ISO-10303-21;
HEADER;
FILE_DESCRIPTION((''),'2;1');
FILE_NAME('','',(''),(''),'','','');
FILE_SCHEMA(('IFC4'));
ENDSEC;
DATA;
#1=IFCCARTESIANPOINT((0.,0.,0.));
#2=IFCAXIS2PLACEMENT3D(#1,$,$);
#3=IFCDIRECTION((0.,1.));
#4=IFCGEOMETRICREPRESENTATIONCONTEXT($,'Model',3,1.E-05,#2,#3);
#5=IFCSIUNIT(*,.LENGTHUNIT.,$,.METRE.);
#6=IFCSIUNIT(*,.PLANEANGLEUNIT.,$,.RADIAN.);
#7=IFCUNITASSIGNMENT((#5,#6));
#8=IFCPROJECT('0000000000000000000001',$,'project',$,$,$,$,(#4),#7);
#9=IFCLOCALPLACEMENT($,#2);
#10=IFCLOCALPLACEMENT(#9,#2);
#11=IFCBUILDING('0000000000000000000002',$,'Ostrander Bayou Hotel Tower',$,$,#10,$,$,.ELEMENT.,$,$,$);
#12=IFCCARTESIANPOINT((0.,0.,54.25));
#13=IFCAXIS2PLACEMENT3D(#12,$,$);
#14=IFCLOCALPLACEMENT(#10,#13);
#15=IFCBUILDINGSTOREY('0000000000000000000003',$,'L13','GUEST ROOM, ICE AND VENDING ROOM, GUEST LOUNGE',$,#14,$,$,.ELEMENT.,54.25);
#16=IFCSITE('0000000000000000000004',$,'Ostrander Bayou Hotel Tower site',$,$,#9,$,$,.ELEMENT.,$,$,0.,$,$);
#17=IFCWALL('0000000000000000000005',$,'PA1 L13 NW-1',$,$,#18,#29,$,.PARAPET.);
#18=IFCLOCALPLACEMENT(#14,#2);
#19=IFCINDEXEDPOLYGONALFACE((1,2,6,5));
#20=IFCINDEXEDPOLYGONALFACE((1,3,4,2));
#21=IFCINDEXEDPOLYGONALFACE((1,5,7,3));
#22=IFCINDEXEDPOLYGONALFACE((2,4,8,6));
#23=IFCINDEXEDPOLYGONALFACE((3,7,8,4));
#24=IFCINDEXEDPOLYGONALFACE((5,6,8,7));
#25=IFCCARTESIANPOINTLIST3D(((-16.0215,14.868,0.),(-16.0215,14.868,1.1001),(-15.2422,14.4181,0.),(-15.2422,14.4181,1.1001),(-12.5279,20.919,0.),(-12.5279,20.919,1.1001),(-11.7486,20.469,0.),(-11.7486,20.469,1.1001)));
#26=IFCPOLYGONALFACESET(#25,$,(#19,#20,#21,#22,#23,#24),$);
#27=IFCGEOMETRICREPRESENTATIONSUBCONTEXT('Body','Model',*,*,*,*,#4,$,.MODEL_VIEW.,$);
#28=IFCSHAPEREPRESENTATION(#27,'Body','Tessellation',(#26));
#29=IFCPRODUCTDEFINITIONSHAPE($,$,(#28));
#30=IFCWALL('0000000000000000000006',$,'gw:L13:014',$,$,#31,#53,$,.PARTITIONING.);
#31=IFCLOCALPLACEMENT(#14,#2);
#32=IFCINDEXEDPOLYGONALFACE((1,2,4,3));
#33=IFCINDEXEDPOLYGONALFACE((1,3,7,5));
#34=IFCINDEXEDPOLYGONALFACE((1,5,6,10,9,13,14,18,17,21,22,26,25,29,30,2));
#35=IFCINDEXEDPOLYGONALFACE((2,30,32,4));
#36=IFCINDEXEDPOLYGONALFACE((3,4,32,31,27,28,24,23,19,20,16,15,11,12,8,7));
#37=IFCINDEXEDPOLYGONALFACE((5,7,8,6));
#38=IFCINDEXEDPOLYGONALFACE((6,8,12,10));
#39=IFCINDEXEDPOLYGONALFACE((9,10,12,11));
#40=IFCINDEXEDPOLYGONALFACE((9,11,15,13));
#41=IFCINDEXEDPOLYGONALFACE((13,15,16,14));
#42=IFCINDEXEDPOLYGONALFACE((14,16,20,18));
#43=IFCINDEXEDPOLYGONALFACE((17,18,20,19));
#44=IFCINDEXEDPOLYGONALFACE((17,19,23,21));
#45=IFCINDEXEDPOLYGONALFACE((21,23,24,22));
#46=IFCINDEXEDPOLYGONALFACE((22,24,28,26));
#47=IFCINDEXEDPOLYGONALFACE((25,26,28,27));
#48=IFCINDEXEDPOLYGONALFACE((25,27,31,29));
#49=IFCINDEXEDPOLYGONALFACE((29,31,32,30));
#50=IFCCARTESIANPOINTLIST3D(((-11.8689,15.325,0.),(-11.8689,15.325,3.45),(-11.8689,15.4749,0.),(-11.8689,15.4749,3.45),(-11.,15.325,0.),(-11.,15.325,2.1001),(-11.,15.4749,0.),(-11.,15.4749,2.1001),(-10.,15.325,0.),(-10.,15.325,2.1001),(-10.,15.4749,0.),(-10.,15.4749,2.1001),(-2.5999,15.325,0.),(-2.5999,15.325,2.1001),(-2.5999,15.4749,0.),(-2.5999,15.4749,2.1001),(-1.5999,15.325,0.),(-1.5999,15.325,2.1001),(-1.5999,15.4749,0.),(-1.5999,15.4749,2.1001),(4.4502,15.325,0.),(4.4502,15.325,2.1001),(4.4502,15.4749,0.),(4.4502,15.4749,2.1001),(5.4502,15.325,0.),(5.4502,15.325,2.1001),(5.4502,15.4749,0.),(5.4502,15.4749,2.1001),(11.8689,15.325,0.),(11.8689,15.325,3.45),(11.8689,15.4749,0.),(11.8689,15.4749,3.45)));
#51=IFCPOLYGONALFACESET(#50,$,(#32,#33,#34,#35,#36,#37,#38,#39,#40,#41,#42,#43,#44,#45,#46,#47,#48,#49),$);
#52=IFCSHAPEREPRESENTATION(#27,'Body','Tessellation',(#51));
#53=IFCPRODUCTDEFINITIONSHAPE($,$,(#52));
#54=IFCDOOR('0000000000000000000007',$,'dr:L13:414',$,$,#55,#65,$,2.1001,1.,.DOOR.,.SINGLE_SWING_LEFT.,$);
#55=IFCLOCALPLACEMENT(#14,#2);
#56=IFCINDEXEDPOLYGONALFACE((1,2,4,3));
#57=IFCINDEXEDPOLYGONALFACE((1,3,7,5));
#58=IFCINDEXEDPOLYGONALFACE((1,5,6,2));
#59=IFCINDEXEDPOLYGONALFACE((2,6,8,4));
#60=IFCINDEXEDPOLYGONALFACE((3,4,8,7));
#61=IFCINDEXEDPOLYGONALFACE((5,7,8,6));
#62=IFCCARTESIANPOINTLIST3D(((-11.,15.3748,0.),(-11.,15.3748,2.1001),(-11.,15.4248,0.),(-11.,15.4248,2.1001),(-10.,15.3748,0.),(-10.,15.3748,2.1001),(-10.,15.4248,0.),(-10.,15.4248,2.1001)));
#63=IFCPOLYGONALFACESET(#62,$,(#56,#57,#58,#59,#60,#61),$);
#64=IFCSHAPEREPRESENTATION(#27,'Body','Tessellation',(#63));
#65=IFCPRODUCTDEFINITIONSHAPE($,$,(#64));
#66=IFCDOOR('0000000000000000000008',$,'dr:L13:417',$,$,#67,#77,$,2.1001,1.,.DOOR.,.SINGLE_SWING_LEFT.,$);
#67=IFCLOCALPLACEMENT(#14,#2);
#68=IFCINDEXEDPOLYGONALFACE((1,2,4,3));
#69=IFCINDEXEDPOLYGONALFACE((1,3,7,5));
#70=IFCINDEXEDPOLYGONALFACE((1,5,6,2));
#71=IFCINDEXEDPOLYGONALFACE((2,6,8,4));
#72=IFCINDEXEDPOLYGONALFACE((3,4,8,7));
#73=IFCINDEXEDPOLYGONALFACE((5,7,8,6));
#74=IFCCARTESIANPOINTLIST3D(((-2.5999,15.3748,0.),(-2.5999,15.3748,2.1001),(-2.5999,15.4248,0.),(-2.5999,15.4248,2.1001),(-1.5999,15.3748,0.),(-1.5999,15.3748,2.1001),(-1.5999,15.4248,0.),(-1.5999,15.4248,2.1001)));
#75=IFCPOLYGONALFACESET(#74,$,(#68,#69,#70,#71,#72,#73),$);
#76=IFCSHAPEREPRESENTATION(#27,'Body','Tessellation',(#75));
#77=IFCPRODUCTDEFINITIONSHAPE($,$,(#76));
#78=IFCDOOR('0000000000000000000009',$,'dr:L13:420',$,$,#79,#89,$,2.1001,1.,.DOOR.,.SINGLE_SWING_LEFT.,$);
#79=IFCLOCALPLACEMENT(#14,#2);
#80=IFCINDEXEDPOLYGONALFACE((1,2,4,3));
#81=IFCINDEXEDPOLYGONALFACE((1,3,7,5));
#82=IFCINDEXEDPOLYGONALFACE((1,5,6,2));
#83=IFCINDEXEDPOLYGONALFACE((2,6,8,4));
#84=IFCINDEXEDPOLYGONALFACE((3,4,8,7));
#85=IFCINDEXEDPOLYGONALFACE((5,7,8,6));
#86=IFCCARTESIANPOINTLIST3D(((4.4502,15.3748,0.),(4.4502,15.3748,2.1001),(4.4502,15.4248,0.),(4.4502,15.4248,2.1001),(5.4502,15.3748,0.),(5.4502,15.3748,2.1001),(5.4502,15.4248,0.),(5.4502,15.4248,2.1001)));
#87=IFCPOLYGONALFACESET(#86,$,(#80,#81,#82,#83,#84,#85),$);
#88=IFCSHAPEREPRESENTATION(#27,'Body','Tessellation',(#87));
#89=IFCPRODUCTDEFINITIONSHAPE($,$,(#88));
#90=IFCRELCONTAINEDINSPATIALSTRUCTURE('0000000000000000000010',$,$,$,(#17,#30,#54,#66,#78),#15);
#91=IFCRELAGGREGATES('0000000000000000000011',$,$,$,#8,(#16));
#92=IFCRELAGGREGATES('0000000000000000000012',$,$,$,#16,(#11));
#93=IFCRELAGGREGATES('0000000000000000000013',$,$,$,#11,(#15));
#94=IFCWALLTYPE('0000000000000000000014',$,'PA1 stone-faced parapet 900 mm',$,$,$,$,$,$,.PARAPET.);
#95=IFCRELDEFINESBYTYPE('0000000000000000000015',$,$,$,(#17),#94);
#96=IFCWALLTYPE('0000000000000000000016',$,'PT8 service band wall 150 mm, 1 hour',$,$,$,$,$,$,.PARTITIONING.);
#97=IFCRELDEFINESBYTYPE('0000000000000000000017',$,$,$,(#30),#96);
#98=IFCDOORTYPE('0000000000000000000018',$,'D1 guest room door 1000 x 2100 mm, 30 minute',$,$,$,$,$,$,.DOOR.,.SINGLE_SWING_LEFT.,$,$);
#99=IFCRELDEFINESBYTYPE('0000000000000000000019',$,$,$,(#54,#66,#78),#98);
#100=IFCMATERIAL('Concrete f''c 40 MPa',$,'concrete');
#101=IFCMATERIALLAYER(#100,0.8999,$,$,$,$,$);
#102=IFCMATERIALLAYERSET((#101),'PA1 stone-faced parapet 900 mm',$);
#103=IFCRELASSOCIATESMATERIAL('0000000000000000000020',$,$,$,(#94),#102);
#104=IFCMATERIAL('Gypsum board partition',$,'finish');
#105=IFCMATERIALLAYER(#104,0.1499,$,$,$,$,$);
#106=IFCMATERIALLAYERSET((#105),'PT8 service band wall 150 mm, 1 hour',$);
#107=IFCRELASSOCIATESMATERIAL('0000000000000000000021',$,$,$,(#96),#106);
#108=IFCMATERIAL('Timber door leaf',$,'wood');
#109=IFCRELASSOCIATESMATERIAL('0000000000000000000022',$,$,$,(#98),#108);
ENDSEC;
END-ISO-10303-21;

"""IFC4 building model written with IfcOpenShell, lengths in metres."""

from ifc_helpers import new_model, si_unit, direction, frame, frame_2d, origin, place, context, subcontext, project, spatial, rectangle, extrude, material, layer, layer_set, type_object, element, fill, save


model = new_model("IFC4")

# Units and contexts
model_context = context("Model", 3, precision=1e-05, world=origin(), true_north=direction((0.0, 1.0)))
body_context = subcontext(model_context, "Body", "Model", "MODEL_VIEW")
ifc_project = project(units=[si_unit("LENGTHUNIT", "METRE"), si_unit("PLANEANGLEUNIT", "RADIAN")], contexts=[model_context])

# Site, building, storey
site_placement = place(None, origin())
site = spatial("IfcSite", under=ifc_project, at=site_placement, Name="Ostrander Bayou Hotel Tower site", CompositionType="ELEMENT", RefElevation=0.0)
building_placement = place(site_placement, origin())
building = spatial("IfcBuilding", under=site, at=building_placement, Name="Ostrander Bayou Hotel Tower", CompositionType="ELEMENT")
storey_placement = place(building_placement, frame((0.0, 0.0, 54.25)))
storey = spatial("IfcBuildingStorey", under=building, at=storey_placement, Name="L13", Description="GUEST ROOM, ICE AND VENDING ROOM, GUEST LOUNGE", CompositionType="ELEMENT", Elevation=54.25)

# Wall
ifc_material_1 = material(Name="Concrete f'c 40 MPa", Category="concrete")
ifc_layer_1 = layer(ifc_material_1, 0.8999)
ifc_layer_set_1 = layer_set([ifc_layer_1], Name="PA1 stone-faced parapet 900 mm")
wall_type_1 = type_object("IfcWallType", Name="PA1 stone-faced parapet 900 mm", PredefinedType="PARAPET", material=ifc_layer_set_1)
wall_1_placement = place(storey_placement, frame((-12.1382, 20.6941, 0.0), z_axis=(0.0, 0.0, 1.0), x_axis=(-0.50001, -0.86602, 0.0)))
element("IfcWall", 1, at=wall_1_placement, inside=storey, type_object=wall_type_1, Name="PA1 L13 NW-1", PredefinedType="PARAPET", context=body_context, shape_type="SweptSolid", body=[
    extrude(rectangle(XDim=6.9871, YDim=0.8999, at=frame_2d((3.4937, 0.0))), origin(), (0.0, 0.0, 1.0), 1.1001),
])

# Wall, openings, doors
ifc_material_2 = material(Name="Gypsum board partition", Category="finish")
ifc_layer_2 = layer(ifc_material_2, 0.1499)
ifc_layer_set_2 = layer_set([ifc_layer_2], Name="PT8 service band wall 150 mm, 1 hour")
wall_type_2 = type_object("IfcWallType", Name="PT8 service band wall 150 mm, 1 hour", PredefinedType="PARTITIONING", material=ifc_layer_set_2)
wall_2_placement = place(storey_placement, frame((-11.8689, 15.3999, 0.0), z_axis=(0.0, 0.0, 1.0), x_axis=(1.0, 0.0, 0.0)))
wall_2 = element("IfcWall", 2, at=wall_2_placement, inside=storey, type_object=wall_type_2, Name="gw:L13:014", PredefinedType="PARTITIONING", context=body_context, shape_type="SweptSolid", body=[
    extrude(rectangle(XDim=23.7378, YDim=0.1499, at=frame_2d((11.8689, 0.0))), origin(), (0.0, 0.0, 1.0), 3.45),
])
opening_1_placement = place(wall_2_placement, frame((0.8689, 0.0, 0.0)))
opening_1 = element("IfcOpeningElement", 3, at=opening_1_placement, cuts=wall_2, PredefinedType="OPENING", context=body_context, shape_type="SweptSolid", body=[
    extrude(rectangle(XDim=1.0, YDim=2.1001, at=frame_2d((0.5, 1.05))), frame((0.0, 0.075, 0.0), z_axis=(0.0, -1.0, 0.0), x_axis=(1.0, 0.0, 0.0)), (0.0, 0.0, 1.0), 0.1499),
])
opening_2_placement = place(wall_2_placement, frame((9.269, 0.0, 0.0)))
opening_2 = element("IfcOpeningElement", 4, at=opening_2_placement, cuts=wall_2, PredefinedType="OPENING", context=body_context, shape_type="SweptSolid", body=[
    extrude(rectangle(XDim=1.0, YDim=2.1001, at=frame_2d((0.5, 1.05))), frame((0.0, 0.075, 0.0), z_axis=(0.0, -1.0, 0.0), x_axis=(1.0, 0.0, 0.0)), (0.0, 0.0, 1.0), 0.1499),
])
opening_3_placement = place(wall_2_placement, frame((16.3191, 0.0, 0.0)))
opening_3 = element("IfcOpeningElement", 5, at=opening_3_placement, cuts=wall_2, PredefinedType="OPENING", context=body_context, shape_type="SweptSolid", body=[
    extrude(rectangle(XDim=1.0, YDim=2.1001, at=frame_2d((0.5, 1.05))), frame((0.0, 0.075, 0.0), z_axis=(0.0, -1.0, 0.0), x_axis=(1.0, 0.0, 0.0)), (0.0, 0.0, 1.0), 0.1499),
])
ifc_material_3 = material(Name="Timber door leaf", Category="wood")
door_type = type_object("IfcDoorType", Name="D1 guest room door 1000 x 2100 mm, 30 minute", OperationType="SINGLE_SWING_LEFT", PredefinedType="DOOR", material=ifc_material_3)
door_1_placement = place(opening_1_placement, origin())
door_1 = element("IfcDoor", 6, at=door_1_placement, inside=storey, type_object=door_type, Name="dr:L13:414", OperationType="SINGLE_SWING_LEFT", OverallHeight=2.1001, OverallWidth=1.0, PredefinedType="DOOR", context=body_context, shape_type="SweptSolid", body=[
    extrude(rectangle(XDim=1.0, YDim=2.1001, at=frame_2d((0.5, 1.05))), frame((0.0, 0.0249, 0.0), z_axis=(0.0, -1.0, 0.0), x_axis=(1.0, 0.0, 0.0)), (0.0, 0.0, 1.0), 0.05),
])
fill(opening_1, door_1)
door_2_placement = place(opening_2_placement, origin())
door_2 = element("IfcDoor", 7, at=door_2_placement, inside=storey, type_object=door_type, Name="dr:L13:417", OperationType="SINGLE_SWING_LEFT", OverallHeight=2.1001, OverallWidth=1.0, PredefinedType="DOOR", context=body_context, shape_type="SweptSolid", body=[
    extrude(rectangle(XDim=1.0, YDim=2.1001, at=frame_2d((0.5, 1.05))), frame((0.0, 0.0249, 0.0), z_axis=(0.0, -1.0, 0.0), x_axis=(1.0, 0.0, 0.0)), (0.0, 0.0, 1.0), 0.05),
])
fill(opening_2, door_2)
door_3_placement = place(opening_3_placement, origin())
door_3 = element("IfcDoor", 8, at=door_3_placement, inside=storey, type_object=door_type, Name="dr:L13:420", OperationType="SINGLE_SWING_LEFT", OverallHeight=2.1001, OverallWidth=1.0, PredefinedType="DOOR", context=body_context, shape_type="SweptSolid", body=[
    extrude(rectangle(XDim=1.0, YDim=2.1001, at=frame_2d((0.5, 1.05))), frame((0.0, 0.0249, 0.0), z_axis=(0.0, -1.0, 0.0), x_axis=(1.0, 0.0, 0.0)), (0.0, 0.0, 1.0), 0.05),
])
fill(opening_3, door_3)

save(model, "model.ifc")
